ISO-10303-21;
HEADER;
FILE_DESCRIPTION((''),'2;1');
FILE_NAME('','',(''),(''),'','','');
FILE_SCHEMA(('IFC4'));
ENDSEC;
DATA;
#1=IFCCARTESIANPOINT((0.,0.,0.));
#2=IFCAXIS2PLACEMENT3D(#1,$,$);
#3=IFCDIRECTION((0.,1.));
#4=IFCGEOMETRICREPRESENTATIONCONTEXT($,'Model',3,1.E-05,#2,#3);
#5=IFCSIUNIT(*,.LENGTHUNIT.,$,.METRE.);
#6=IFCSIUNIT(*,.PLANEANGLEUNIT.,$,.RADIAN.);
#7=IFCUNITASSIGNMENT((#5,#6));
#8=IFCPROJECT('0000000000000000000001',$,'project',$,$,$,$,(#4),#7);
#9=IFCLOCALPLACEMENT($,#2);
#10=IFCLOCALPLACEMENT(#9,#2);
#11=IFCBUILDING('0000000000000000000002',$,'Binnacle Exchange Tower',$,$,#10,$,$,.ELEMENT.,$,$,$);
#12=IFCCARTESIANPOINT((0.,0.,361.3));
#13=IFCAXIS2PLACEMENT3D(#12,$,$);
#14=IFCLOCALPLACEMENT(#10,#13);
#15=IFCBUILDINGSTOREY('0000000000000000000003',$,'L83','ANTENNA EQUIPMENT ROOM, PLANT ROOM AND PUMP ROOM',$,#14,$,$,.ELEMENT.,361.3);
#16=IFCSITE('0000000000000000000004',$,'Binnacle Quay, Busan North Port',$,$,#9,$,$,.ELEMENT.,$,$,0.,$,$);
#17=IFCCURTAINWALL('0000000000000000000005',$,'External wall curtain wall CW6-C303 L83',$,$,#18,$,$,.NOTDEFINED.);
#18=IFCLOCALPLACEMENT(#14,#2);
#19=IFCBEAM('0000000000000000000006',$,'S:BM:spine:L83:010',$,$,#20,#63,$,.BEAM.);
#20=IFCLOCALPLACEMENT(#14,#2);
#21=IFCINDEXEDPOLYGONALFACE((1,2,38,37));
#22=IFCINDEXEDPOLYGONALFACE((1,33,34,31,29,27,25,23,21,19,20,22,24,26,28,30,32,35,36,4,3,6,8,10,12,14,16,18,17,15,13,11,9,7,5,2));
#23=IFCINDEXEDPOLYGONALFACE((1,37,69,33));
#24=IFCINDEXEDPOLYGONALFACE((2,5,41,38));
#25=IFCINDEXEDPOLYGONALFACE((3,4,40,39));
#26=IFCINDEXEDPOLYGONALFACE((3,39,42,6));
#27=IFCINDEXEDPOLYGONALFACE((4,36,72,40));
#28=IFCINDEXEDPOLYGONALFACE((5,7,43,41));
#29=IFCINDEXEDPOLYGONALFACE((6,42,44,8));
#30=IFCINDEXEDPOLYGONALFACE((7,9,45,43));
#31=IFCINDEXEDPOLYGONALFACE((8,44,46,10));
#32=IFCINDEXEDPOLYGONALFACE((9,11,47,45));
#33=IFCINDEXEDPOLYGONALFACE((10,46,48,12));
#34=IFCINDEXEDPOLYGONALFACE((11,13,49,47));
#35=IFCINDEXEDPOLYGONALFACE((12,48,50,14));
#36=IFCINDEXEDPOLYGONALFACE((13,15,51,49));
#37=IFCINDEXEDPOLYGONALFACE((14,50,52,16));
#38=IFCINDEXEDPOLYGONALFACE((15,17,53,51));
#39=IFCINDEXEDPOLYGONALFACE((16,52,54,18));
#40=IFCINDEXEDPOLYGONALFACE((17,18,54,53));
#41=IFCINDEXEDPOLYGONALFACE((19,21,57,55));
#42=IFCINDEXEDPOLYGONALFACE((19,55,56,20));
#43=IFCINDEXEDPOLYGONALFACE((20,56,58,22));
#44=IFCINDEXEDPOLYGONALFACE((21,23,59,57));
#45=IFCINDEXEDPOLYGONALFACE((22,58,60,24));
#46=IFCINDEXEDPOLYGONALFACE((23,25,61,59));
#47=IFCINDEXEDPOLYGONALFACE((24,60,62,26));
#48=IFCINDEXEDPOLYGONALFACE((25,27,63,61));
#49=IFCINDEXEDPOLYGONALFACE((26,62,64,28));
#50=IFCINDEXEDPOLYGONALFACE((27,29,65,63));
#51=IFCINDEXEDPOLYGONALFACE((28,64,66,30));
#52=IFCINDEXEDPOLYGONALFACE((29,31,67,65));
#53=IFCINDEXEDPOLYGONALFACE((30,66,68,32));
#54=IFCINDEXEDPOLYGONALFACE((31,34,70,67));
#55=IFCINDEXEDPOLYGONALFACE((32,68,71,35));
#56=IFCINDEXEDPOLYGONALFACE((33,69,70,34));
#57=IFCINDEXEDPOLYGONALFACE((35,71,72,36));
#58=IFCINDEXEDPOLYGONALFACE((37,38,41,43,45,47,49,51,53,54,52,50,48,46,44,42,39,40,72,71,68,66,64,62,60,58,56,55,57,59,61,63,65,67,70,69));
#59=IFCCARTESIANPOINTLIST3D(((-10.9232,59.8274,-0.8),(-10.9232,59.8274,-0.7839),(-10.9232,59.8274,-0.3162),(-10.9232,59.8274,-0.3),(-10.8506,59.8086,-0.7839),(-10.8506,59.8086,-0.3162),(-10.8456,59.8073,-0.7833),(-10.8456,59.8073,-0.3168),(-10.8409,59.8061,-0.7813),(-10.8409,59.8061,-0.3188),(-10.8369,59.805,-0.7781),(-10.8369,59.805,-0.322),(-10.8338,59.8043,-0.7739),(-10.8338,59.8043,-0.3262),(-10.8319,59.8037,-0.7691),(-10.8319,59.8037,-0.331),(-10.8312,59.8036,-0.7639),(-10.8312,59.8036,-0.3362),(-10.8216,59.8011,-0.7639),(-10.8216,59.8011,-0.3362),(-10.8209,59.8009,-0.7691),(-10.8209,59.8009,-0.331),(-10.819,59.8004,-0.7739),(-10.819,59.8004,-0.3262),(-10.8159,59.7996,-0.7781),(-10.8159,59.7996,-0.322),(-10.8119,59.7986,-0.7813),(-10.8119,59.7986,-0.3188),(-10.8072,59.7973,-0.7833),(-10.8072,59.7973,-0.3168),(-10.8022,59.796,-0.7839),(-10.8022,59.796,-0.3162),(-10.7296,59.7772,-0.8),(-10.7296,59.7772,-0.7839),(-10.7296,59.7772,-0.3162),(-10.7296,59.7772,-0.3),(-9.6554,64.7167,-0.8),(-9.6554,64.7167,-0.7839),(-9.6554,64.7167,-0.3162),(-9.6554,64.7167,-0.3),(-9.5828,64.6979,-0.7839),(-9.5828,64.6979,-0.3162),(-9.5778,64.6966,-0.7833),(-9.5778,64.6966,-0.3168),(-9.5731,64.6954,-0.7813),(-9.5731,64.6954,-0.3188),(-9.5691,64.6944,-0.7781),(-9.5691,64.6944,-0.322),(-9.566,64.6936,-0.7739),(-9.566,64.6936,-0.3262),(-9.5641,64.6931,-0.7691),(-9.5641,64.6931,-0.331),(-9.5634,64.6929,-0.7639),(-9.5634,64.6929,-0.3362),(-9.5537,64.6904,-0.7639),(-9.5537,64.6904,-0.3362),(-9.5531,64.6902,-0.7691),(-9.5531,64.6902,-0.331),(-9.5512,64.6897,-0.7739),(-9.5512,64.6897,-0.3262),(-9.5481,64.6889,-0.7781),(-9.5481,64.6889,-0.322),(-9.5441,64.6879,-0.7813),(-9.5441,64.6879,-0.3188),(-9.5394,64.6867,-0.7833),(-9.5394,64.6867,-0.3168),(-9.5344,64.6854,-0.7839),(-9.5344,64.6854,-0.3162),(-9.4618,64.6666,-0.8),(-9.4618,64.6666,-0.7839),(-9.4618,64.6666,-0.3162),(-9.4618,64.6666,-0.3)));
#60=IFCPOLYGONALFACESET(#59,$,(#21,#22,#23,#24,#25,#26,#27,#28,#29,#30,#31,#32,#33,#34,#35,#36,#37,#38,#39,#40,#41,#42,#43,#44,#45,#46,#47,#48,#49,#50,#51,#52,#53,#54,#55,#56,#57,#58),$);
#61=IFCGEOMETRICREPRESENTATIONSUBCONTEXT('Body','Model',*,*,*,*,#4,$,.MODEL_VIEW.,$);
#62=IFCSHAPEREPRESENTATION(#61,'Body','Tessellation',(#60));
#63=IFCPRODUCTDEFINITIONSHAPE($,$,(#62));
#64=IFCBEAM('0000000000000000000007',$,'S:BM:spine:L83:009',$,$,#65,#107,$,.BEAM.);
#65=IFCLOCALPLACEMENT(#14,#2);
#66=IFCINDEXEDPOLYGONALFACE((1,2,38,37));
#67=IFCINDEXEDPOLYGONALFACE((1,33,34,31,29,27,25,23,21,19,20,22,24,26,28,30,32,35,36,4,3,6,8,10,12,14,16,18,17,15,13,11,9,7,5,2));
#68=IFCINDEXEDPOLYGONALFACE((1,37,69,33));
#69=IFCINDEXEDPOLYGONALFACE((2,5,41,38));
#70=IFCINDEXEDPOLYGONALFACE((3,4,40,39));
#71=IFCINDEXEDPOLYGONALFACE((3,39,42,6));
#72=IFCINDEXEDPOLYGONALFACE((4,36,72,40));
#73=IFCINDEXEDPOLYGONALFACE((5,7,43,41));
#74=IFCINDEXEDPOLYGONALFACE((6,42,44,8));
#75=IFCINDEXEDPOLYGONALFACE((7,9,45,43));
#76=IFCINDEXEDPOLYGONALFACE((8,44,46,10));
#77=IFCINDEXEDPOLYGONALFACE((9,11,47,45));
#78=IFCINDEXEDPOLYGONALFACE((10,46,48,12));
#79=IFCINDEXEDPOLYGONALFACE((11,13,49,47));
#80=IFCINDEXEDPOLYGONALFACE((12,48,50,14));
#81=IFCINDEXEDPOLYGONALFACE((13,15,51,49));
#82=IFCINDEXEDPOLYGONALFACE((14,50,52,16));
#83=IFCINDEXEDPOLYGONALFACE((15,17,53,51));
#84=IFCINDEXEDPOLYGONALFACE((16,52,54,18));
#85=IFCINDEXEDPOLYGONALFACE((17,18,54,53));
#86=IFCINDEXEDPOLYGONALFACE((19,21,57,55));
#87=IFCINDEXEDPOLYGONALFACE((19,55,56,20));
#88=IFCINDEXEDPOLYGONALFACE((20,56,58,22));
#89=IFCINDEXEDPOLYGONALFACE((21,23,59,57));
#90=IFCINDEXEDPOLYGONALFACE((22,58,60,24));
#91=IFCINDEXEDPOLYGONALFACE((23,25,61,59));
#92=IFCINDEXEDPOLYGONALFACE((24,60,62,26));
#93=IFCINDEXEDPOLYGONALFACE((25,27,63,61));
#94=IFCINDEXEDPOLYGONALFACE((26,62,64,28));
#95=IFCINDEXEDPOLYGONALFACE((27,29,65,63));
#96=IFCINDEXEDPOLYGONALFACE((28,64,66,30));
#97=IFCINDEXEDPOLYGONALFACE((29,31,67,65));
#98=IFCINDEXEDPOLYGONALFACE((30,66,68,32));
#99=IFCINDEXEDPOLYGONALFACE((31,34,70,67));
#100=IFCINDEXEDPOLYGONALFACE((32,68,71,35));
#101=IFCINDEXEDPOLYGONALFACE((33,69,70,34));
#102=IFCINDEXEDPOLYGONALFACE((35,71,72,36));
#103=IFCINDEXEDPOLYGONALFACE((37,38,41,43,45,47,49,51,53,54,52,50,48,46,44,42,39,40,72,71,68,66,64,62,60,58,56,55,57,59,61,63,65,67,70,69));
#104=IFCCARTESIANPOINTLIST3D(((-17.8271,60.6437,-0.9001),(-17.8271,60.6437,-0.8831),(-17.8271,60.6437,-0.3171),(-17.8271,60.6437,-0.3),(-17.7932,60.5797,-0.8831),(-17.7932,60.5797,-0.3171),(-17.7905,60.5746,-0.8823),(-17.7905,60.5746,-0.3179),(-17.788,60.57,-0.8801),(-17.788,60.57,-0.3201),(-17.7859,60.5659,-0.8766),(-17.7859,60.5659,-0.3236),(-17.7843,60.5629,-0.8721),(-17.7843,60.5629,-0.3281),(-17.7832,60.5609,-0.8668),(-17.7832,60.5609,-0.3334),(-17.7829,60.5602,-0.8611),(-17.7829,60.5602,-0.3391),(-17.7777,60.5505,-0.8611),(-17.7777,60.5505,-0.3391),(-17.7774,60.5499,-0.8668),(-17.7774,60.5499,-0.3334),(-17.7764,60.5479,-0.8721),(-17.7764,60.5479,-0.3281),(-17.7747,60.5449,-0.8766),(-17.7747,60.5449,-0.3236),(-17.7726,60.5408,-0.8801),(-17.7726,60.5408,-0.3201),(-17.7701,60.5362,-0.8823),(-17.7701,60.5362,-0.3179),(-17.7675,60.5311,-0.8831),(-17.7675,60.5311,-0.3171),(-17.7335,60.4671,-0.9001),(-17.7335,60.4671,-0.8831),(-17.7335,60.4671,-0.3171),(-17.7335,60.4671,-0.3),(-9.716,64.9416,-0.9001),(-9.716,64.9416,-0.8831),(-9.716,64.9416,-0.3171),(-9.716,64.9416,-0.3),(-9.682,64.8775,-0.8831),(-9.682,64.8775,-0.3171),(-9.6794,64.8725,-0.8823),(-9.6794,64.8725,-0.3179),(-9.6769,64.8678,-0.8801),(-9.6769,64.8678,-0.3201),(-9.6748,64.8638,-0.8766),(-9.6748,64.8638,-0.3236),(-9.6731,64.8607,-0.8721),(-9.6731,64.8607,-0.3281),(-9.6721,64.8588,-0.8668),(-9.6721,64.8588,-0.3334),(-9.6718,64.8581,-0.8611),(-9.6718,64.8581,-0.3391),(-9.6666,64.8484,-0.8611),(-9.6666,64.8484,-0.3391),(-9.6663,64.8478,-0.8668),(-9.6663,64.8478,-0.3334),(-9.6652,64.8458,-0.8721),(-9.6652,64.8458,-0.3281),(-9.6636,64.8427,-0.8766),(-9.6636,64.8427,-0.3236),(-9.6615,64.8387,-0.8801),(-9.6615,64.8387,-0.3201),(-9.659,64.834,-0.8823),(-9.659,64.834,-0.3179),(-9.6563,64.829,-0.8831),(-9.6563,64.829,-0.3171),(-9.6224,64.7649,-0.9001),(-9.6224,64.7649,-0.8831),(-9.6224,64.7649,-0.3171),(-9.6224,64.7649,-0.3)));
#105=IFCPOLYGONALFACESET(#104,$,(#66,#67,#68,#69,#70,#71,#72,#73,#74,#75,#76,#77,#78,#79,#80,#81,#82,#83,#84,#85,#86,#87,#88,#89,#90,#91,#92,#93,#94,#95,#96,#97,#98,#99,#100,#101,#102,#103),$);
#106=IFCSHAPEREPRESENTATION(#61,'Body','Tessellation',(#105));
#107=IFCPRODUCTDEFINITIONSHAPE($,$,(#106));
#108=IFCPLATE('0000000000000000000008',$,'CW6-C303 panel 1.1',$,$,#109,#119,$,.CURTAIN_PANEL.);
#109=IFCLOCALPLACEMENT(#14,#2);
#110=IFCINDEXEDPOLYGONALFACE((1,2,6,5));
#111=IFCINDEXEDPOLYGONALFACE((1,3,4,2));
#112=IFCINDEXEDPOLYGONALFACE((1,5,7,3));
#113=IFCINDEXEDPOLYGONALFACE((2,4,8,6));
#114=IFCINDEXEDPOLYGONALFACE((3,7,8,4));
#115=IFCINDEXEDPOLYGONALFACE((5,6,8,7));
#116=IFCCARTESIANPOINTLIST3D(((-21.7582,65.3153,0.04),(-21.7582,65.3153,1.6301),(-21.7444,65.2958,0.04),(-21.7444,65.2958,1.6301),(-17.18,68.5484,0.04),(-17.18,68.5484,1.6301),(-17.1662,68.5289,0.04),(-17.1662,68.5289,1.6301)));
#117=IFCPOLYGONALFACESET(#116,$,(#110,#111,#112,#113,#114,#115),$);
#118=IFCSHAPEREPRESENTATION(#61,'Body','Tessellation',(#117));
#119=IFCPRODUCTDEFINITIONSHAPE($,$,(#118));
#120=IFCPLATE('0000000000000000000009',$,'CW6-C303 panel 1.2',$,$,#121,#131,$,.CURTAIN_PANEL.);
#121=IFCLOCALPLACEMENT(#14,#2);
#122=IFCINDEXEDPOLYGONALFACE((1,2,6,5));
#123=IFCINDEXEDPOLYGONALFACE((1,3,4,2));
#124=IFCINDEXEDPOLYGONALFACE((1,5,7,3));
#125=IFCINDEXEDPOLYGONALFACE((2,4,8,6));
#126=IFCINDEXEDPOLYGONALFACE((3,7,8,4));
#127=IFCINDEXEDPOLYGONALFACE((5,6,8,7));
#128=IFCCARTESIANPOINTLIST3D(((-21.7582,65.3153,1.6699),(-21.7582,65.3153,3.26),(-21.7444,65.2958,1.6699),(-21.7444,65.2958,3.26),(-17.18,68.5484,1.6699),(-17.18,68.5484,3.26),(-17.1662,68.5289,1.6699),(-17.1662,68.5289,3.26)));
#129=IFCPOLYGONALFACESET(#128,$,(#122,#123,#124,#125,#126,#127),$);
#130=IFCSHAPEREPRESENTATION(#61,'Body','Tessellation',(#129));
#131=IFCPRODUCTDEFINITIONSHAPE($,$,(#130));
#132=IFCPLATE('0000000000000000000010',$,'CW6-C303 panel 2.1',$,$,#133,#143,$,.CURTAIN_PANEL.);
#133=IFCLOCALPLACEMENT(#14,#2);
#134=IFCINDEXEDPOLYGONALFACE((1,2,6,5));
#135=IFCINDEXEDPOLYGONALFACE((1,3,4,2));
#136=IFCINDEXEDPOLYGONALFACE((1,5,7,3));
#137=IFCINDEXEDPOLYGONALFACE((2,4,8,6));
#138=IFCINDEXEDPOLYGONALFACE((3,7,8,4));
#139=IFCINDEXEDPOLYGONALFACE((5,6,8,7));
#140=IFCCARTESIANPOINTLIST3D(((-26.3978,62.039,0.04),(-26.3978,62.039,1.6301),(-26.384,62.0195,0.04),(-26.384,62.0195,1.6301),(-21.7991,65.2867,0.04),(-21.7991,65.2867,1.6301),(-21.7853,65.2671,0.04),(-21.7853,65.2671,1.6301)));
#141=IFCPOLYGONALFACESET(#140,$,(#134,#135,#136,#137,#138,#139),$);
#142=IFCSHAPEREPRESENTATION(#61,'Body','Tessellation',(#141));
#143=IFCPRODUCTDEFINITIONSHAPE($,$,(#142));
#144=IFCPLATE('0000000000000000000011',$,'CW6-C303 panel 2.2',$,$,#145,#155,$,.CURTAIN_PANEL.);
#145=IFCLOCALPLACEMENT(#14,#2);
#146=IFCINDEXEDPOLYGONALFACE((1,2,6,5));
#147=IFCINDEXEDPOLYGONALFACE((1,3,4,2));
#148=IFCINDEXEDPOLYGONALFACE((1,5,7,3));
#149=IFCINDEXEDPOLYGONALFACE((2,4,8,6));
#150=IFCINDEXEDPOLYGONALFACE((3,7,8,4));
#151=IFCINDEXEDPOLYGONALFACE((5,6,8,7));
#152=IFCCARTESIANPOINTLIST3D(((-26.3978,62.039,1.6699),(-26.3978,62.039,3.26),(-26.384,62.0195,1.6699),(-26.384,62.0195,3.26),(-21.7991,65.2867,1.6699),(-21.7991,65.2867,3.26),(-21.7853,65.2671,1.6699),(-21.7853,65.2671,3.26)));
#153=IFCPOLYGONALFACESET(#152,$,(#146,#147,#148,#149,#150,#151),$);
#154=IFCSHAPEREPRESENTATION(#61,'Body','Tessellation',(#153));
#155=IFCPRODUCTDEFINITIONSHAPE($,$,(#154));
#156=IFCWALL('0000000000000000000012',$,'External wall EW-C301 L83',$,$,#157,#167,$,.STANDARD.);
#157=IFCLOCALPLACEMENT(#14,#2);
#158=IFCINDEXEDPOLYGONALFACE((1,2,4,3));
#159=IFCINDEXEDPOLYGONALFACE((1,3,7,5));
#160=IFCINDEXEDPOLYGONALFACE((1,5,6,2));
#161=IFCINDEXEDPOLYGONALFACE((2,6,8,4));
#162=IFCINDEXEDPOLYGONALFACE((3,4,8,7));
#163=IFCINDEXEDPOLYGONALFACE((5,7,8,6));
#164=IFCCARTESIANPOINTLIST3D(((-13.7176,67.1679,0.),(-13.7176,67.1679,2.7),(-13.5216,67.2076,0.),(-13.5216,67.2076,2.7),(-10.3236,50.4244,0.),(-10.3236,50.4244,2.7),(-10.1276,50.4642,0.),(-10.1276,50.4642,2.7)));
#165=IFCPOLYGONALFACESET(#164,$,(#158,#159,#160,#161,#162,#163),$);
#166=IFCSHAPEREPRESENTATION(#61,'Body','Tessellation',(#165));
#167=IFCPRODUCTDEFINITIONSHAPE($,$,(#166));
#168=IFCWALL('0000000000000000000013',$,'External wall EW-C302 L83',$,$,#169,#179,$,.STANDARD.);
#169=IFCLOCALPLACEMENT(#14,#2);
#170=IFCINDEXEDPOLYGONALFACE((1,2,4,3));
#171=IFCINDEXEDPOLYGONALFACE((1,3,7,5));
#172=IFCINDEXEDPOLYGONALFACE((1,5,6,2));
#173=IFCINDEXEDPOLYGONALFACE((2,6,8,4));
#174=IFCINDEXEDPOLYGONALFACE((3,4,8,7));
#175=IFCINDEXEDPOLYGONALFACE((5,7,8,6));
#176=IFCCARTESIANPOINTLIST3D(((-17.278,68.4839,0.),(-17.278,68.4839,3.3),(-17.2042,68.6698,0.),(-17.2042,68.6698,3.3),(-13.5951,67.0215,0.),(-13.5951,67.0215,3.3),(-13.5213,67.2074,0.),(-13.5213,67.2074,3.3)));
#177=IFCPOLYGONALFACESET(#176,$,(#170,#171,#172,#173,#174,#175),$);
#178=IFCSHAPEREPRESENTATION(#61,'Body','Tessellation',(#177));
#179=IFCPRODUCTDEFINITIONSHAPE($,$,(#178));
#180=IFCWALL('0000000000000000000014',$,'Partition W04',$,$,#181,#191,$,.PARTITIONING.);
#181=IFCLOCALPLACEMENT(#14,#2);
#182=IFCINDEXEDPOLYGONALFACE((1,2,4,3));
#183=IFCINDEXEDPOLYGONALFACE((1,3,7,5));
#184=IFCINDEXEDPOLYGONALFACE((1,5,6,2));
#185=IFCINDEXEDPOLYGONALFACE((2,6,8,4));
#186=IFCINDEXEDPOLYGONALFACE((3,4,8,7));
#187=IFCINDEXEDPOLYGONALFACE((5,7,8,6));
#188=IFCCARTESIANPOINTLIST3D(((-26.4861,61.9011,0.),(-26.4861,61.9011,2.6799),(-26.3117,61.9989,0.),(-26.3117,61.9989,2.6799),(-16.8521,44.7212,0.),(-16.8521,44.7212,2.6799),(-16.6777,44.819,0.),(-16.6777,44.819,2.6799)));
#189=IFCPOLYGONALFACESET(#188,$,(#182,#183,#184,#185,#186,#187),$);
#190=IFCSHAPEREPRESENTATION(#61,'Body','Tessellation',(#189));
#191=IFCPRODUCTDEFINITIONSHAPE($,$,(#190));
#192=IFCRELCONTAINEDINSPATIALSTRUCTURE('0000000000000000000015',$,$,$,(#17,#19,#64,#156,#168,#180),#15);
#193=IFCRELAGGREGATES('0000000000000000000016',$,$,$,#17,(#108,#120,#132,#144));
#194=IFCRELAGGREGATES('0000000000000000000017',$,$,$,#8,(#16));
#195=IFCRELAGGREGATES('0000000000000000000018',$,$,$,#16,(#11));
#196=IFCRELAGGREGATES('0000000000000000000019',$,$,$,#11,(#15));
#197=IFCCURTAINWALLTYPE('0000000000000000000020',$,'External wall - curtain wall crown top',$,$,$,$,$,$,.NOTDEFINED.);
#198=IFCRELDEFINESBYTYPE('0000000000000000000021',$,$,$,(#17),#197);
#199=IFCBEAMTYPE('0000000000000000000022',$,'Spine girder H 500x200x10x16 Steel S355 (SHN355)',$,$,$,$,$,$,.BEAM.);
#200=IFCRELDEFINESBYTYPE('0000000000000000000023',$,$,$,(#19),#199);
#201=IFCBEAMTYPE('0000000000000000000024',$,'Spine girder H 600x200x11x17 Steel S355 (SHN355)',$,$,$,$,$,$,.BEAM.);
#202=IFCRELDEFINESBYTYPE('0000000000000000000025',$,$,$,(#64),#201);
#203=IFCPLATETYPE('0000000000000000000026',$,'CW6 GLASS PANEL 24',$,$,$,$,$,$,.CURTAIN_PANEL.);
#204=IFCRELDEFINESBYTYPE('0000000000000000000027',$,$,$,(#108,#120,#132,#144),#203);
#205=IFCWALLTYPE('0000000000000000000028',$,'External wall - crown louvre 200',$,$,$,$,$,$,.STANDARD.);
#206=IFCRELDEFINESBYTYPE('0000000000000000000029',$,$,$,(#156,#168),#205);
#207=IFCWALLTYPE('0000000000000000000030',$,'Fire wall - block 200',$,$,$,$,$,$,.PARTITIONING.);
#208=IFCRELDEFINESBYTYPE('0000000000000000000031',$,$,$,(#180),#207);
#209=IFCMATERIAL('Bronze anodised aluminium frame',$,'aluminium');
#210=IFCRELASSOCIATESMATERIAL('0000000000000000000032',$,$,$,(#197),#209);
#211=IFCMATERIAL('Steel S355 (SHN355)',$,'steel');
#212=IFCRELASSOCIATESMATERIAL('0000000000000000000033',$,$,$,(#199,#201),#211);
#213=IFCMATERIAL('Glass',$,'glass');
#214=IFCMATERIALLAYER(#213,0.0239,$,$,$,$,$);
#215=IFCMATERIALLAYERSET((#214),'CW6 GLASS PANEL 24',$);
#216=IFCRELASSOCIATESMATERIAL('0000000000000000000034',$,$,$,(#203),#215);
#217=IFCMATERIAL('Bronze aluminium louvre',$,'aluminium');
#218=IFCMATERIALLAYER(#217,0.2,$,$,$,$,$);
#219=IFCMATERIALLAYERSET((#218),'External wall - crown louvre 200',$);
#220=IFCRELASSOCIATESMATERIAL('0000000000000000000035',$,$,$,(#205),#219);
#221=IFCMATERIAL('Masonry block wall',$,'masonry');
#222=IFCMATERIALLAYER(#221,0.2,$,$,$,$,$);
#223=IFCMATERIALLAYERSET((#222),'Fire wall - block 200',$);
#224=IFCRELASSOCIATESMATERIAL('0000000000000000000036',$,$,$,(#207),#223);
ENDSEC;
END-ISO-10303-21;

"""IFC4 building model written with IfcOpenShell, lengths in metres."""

from ifc_helpers import new_model, si_unit, direction, frame, frame_2d, origin, origin_2d, place, context, subcontext, project, spatial, rectangle, i_section, extrude, material, layer, layer_set, material_profile, profile_set, type_object, element, aggregate, save


model = new_model("IFC4")

# Units and contexts
model_context = context("Model", 3, precision=1e-05, world=origin(), true_north=direction((0.0, 1.0)))
body_context = subcontext(model_context, "Body", "Model", "MODEL_VIEW")
ifc_project = project(units=[si_unit("LENGTHUNIT", "METRE"), si_unit("PLANEANGLEUNIT", "RADIAN")], contexts=[model_context])

# Site, building, storey
site_placement = place(None, origin())
site = spatial("IfcSite", under=ifc_project, at=site_placement, Name="Binnacle Quay, Busan North Port", CompositionType="ELEMENT", RefElevation=0.0)
building_placement = place(site_placement, origin())
building = spatial("IfcBuilding", under=site, at=building_placement, Name="Binnacle Exchange Tower", CompositionType="ELEMENT")
storey_placement = place(building_placement, frame((0.0, 0.0, 361.3)))
storey = spatial("IfcBuildingStorey", under=building, at=storey_placement, Name="L83", Description="ANTENNA EQUIPMENT ROOM, PLANT ROOM AND PUMP ROOM", CompositionType="ELEMENT", Elevation=361.3)

# Curtain wall
ifc_material_1 = material(Name="Bronze anodised aluminium frame", Category="aluminium")
curtain_wall_type = type_object("IfcCurtainWallType", Name="External wall - curtain wall crown top", PredefinedType="NOTDEFINED", material=ifc_material_1)
curtain_wall_placement = place(storey_placement, origin())
curtain_wall = element("IfcCurtainWall", 1, at=curtain_wall_placement, inside=storey, type_object=curtain_wall_type, Name="External wall curtain wall CW6-C303 L83", PredefinedType="NOTDEFINED")

# Beams
ifc_material_2 = material(Name="Steel S355 (SHN355)", Category="steel")
ifc_material_profile_1 = material_profile(ifc_material_2, i_section(OverallWidth=0.2, OverallDepth=0.5, WebThickness=0.01, FlangeThickness=0.0161, FilletRadius=0.02, at=origin_2d()), Name="H 500x200x10x16")
ifc_profile_set_1 = profile_set([ifc_material_profile_1], Name="Steel S355 (SHN355)")
beam_type_1 = type_object("IfcBeamType", Name="Spine girder H 500x200x10x16 Steel S355 (SHN355)", PredefinedType="BEAM", material=ifc_profile_set_1)
beam_1_placement = place(storey_placement, frame((-9.5586, 64.6917, -0.55), z_axis=(-0.250999, -0.967987, 0.0), x_axis=(0.967987, -0.250999, 0.0)))
element("IfcBeam", 2, at=beam_1_placement, inside=storey, type_object=beam_type_1, Name="S:BM:spine:L83:010", PredefinedType="BEAM", context=body_context, shape_type="SweptSolid", body=[
    extrude(i_section(OverallWidth=0.2, OverallDepth=0.5, WebThickness=0.01, FlangeThickness=0.0161, FilletRadius=0.02, at=origin_2d()), origin(), (0.0, 0.0, 1.0), 5.051),
])
ifc_material_profile_2 = material_profile(ifc_material_2, i_section(OverallWidth=0.2, OverallDepth=0.6001, WebThickness=0.011, FlangeThickness=0.0171, FilletRadius=0.022, at=origin_2d()), Name="H 600x200x11x17")
ifc_profile_set_2 = profile_set([ifc_material_profile_2], Name="Steel S355 (SHN355)")
beam_type_2 = type_object("IfcBeamType", Name="Spine girder H 600x200x11x17 Steel S355 (SHN355)", PredefinedType="BEAM", material=ifc_profile_set_2)
beam_2_placement = place(storey_placement, frame((-9.6692, 64.8533, -0.6001), z_axis=(-0.883619, -0.468207, 0.0), x_axis=(0.468207, -0.883619, 0.0)))
element("IfcBeam", 3, at=beam_2_placement, inside=storey, type_object=beam_type_2, Name="S:BM:spine:L83:009", PredefinedType="BEAM", context=body_context, shape_type="SweptSolid", body=[
    extrude(i_section(OverallWidth=0.2, OverallDepth=0.6001, WebThickness=0.011, FlangeThickness=0.0171, FilletRadius=0.022, at=origin_2d()), origin(), (0.0, 0.0, 1.0), 9.1794),
])

# Plates
ifc_material_3 = material(Name="Glass", Category="glass")
ifc_layer_1 = layer(ifc_material_3, 0.0239)
ifc_layer_set_1 = layer_set([ifc_layer_1], Name="CW6 GLASS PANEL 24")
plate_type = type_object("IfcPlateType", Name="CW6 GLASS PANEL 24", PredefinedType="CURTAIN_PANEL", material=ifc_layer_set_1)
plate_1_placement = place(storey_placement, frame((-19.4622, 66.9221, 0.04), z_axis=(0.0, 0.0, 1.0), x_axis=(-0.816847, -0.576854, 0.0)))
plate_1 = element("IfcPlate", 4, at=plate_1_placement, type_object=plate_type, Name="CW6-C303 panel 1.1", PredefinedType="CURTAIN_PANEL", context=body_context, shape_type="SweptSolid", body=[
    extrude(rectangle(XDim=5.6047, YDim=0.0239, at=origin_2d()), origin(), (0.0, 0.0, 1.0), 1.5901),
])
plate_2_placement = place(storey_placement, frame((-19.4622, 66.9221, 1.6699), z_axis=(0.0, 0.0, 1.0), x_axis=(-0.816847, -0.576854, 0.0)))
plate_2 = element("IfcPlate", 5, at=plate_2_placement, type_object=plate_type, Name="CW6-C303 panel 1.2", PredefinedType="CURTAIN_PANEL", context=body_context, shape_type="SweptSolid", body=[
    extrude(rectangle(XDim=5.6047, YDim=0.0239, at=origin_2d()), origin(), (0.0, 0.0, 1.0), 1.5901),
])
plate_3_placement = place(storey_placement, frame((-24.0916, 63.6531, 0.04), z_axis=(0.0, 0.0, 1.0), x_axis=(-0.816847, -0.576854, 0.0)))
plate_3 = element("IfcPlate", 6, at=plate_3_placement, type_object=plate_type, Name="CW6-C303 panel 2.1", PredefinedType="CURTAIN_PANEL", context=body_context, shape_type="SweptSolid", body=[
    extrude(rectangle(XDim=5.6299, YDim=0.0239, at=origin_2d()), origin(), (0.0, 0.0, 1.0), 1.5901),
])
plate_4_placement = place(storey_placement, frame((-24.0916, 63.6531, 1.6699), z_axis=(0.0, 0.0, 1.0), x_axis=(-0.816847, -0.576854, 0.0)))
plate_4 = element("IfcPlate", 7, at=plate_4_placement, type_object=plate_type, Name="CW6-C303 panel 2.2", PredefinedType="CURTAIN_PANEL", context=body_context, shape_type="SweptSolid", body=[
    extrude(rectangle(XDim=5.6299, YDim=0.0239, at=origin_2d()), origin(), (0.0, 0.0, 1.0), 1.5901),
])
aggregate(curtain_wall, [plate_1, plate_2, plate_3, plate_4])

# Walls
ifc_material_4 = material(Name="Bronze aluminium louvre", Category="aluminium")
ifc_layer_2 = layer(ifc_material_4, 0.2)
ifc_layer_set_2 = layer_set([ifc_layer_2], Name="External wall - crown louvre 200")
wall_type_1 = type_object("IfcWallType", Name="External wall - crown louvre 200", PredefinedType="STANDARD", material=ifc_layer_set_2)
wall_1_placement = place(storey_placement, frame((-13.6196, 67.1877, 0.0), z_axis=(0.0, 0.0, 1.0), x_axis=(0.198669, -0.980067, 0.0)))
element("IfcWall", 8, at=wall_1_placement, inside=storey, type_object=wall_type_1, Name="External wall EW-C301 L83", PredefinedType="STANDARD", context=body_context, shape_type="SweptSolid", body=[
    extrude(rectangle(XDim=17.084, YDim=0.2, at=frame_2d((8.542, 0.0))), origin(), (0.0, 0.0, 1.0), 2.7),
])
wall_2_placement = place(storey_placement, frame((-17.2412, 68.5769, 0.0), z_axis=(0.0, 0.0, 1.0), x_axis=(0.929409, -0.369053, 0.0)))
element("IfcWall", 9, at=wall_2_placement, inside=storey, type_object=wall_type_1, Name="External wall EW-C302 L83", PredefinedType="STANDARD", context=body_context, shape_type="SweptSolid", body=[
    extrude(rectangle(XDim=3.9626, YDim=0.2, at=frame_2d((1.9814, 0.0))), origin(), (0.0, 0.0, 1.0), 3.3),
])
ifc_material_5 = material(Name="Masonry block wall", Category="masonry")
ifc_layer_3 = layer(ifc_material_5, 0.2)
ifc_layer_set_3 = layer_set([ifc_layer_3], Name="Fire wall - block 200")
wall_type_2 = type_object("IfcWallType", Name="Fire wall - block 200", PredefinedType="PARTITIONING", material=ifc_layer_set_3)
wall_3_placement = place(storey_placement, frame((-26.3989, 61.95, 0.0), z_axis=(0.0, 0.0, 1.0), x_axis=(0.489116, -0.872219, 0.0)))
element("IfcWall", 10, at=wall_3_placement, inside=storey, type_object=wall_type_2, Name="Partition W04", PredefinedType="PARTITIONING", context=body_context, shape_type="SweptSolid", body=[
    extrude(rectangle(XDim=19.6968, YDim=0.2, at=frame_2d((9.8484, 0.0))), origin(), (0.0, 0.0, 1.0), 2.6799),
])

save(model, "model.ifc")
